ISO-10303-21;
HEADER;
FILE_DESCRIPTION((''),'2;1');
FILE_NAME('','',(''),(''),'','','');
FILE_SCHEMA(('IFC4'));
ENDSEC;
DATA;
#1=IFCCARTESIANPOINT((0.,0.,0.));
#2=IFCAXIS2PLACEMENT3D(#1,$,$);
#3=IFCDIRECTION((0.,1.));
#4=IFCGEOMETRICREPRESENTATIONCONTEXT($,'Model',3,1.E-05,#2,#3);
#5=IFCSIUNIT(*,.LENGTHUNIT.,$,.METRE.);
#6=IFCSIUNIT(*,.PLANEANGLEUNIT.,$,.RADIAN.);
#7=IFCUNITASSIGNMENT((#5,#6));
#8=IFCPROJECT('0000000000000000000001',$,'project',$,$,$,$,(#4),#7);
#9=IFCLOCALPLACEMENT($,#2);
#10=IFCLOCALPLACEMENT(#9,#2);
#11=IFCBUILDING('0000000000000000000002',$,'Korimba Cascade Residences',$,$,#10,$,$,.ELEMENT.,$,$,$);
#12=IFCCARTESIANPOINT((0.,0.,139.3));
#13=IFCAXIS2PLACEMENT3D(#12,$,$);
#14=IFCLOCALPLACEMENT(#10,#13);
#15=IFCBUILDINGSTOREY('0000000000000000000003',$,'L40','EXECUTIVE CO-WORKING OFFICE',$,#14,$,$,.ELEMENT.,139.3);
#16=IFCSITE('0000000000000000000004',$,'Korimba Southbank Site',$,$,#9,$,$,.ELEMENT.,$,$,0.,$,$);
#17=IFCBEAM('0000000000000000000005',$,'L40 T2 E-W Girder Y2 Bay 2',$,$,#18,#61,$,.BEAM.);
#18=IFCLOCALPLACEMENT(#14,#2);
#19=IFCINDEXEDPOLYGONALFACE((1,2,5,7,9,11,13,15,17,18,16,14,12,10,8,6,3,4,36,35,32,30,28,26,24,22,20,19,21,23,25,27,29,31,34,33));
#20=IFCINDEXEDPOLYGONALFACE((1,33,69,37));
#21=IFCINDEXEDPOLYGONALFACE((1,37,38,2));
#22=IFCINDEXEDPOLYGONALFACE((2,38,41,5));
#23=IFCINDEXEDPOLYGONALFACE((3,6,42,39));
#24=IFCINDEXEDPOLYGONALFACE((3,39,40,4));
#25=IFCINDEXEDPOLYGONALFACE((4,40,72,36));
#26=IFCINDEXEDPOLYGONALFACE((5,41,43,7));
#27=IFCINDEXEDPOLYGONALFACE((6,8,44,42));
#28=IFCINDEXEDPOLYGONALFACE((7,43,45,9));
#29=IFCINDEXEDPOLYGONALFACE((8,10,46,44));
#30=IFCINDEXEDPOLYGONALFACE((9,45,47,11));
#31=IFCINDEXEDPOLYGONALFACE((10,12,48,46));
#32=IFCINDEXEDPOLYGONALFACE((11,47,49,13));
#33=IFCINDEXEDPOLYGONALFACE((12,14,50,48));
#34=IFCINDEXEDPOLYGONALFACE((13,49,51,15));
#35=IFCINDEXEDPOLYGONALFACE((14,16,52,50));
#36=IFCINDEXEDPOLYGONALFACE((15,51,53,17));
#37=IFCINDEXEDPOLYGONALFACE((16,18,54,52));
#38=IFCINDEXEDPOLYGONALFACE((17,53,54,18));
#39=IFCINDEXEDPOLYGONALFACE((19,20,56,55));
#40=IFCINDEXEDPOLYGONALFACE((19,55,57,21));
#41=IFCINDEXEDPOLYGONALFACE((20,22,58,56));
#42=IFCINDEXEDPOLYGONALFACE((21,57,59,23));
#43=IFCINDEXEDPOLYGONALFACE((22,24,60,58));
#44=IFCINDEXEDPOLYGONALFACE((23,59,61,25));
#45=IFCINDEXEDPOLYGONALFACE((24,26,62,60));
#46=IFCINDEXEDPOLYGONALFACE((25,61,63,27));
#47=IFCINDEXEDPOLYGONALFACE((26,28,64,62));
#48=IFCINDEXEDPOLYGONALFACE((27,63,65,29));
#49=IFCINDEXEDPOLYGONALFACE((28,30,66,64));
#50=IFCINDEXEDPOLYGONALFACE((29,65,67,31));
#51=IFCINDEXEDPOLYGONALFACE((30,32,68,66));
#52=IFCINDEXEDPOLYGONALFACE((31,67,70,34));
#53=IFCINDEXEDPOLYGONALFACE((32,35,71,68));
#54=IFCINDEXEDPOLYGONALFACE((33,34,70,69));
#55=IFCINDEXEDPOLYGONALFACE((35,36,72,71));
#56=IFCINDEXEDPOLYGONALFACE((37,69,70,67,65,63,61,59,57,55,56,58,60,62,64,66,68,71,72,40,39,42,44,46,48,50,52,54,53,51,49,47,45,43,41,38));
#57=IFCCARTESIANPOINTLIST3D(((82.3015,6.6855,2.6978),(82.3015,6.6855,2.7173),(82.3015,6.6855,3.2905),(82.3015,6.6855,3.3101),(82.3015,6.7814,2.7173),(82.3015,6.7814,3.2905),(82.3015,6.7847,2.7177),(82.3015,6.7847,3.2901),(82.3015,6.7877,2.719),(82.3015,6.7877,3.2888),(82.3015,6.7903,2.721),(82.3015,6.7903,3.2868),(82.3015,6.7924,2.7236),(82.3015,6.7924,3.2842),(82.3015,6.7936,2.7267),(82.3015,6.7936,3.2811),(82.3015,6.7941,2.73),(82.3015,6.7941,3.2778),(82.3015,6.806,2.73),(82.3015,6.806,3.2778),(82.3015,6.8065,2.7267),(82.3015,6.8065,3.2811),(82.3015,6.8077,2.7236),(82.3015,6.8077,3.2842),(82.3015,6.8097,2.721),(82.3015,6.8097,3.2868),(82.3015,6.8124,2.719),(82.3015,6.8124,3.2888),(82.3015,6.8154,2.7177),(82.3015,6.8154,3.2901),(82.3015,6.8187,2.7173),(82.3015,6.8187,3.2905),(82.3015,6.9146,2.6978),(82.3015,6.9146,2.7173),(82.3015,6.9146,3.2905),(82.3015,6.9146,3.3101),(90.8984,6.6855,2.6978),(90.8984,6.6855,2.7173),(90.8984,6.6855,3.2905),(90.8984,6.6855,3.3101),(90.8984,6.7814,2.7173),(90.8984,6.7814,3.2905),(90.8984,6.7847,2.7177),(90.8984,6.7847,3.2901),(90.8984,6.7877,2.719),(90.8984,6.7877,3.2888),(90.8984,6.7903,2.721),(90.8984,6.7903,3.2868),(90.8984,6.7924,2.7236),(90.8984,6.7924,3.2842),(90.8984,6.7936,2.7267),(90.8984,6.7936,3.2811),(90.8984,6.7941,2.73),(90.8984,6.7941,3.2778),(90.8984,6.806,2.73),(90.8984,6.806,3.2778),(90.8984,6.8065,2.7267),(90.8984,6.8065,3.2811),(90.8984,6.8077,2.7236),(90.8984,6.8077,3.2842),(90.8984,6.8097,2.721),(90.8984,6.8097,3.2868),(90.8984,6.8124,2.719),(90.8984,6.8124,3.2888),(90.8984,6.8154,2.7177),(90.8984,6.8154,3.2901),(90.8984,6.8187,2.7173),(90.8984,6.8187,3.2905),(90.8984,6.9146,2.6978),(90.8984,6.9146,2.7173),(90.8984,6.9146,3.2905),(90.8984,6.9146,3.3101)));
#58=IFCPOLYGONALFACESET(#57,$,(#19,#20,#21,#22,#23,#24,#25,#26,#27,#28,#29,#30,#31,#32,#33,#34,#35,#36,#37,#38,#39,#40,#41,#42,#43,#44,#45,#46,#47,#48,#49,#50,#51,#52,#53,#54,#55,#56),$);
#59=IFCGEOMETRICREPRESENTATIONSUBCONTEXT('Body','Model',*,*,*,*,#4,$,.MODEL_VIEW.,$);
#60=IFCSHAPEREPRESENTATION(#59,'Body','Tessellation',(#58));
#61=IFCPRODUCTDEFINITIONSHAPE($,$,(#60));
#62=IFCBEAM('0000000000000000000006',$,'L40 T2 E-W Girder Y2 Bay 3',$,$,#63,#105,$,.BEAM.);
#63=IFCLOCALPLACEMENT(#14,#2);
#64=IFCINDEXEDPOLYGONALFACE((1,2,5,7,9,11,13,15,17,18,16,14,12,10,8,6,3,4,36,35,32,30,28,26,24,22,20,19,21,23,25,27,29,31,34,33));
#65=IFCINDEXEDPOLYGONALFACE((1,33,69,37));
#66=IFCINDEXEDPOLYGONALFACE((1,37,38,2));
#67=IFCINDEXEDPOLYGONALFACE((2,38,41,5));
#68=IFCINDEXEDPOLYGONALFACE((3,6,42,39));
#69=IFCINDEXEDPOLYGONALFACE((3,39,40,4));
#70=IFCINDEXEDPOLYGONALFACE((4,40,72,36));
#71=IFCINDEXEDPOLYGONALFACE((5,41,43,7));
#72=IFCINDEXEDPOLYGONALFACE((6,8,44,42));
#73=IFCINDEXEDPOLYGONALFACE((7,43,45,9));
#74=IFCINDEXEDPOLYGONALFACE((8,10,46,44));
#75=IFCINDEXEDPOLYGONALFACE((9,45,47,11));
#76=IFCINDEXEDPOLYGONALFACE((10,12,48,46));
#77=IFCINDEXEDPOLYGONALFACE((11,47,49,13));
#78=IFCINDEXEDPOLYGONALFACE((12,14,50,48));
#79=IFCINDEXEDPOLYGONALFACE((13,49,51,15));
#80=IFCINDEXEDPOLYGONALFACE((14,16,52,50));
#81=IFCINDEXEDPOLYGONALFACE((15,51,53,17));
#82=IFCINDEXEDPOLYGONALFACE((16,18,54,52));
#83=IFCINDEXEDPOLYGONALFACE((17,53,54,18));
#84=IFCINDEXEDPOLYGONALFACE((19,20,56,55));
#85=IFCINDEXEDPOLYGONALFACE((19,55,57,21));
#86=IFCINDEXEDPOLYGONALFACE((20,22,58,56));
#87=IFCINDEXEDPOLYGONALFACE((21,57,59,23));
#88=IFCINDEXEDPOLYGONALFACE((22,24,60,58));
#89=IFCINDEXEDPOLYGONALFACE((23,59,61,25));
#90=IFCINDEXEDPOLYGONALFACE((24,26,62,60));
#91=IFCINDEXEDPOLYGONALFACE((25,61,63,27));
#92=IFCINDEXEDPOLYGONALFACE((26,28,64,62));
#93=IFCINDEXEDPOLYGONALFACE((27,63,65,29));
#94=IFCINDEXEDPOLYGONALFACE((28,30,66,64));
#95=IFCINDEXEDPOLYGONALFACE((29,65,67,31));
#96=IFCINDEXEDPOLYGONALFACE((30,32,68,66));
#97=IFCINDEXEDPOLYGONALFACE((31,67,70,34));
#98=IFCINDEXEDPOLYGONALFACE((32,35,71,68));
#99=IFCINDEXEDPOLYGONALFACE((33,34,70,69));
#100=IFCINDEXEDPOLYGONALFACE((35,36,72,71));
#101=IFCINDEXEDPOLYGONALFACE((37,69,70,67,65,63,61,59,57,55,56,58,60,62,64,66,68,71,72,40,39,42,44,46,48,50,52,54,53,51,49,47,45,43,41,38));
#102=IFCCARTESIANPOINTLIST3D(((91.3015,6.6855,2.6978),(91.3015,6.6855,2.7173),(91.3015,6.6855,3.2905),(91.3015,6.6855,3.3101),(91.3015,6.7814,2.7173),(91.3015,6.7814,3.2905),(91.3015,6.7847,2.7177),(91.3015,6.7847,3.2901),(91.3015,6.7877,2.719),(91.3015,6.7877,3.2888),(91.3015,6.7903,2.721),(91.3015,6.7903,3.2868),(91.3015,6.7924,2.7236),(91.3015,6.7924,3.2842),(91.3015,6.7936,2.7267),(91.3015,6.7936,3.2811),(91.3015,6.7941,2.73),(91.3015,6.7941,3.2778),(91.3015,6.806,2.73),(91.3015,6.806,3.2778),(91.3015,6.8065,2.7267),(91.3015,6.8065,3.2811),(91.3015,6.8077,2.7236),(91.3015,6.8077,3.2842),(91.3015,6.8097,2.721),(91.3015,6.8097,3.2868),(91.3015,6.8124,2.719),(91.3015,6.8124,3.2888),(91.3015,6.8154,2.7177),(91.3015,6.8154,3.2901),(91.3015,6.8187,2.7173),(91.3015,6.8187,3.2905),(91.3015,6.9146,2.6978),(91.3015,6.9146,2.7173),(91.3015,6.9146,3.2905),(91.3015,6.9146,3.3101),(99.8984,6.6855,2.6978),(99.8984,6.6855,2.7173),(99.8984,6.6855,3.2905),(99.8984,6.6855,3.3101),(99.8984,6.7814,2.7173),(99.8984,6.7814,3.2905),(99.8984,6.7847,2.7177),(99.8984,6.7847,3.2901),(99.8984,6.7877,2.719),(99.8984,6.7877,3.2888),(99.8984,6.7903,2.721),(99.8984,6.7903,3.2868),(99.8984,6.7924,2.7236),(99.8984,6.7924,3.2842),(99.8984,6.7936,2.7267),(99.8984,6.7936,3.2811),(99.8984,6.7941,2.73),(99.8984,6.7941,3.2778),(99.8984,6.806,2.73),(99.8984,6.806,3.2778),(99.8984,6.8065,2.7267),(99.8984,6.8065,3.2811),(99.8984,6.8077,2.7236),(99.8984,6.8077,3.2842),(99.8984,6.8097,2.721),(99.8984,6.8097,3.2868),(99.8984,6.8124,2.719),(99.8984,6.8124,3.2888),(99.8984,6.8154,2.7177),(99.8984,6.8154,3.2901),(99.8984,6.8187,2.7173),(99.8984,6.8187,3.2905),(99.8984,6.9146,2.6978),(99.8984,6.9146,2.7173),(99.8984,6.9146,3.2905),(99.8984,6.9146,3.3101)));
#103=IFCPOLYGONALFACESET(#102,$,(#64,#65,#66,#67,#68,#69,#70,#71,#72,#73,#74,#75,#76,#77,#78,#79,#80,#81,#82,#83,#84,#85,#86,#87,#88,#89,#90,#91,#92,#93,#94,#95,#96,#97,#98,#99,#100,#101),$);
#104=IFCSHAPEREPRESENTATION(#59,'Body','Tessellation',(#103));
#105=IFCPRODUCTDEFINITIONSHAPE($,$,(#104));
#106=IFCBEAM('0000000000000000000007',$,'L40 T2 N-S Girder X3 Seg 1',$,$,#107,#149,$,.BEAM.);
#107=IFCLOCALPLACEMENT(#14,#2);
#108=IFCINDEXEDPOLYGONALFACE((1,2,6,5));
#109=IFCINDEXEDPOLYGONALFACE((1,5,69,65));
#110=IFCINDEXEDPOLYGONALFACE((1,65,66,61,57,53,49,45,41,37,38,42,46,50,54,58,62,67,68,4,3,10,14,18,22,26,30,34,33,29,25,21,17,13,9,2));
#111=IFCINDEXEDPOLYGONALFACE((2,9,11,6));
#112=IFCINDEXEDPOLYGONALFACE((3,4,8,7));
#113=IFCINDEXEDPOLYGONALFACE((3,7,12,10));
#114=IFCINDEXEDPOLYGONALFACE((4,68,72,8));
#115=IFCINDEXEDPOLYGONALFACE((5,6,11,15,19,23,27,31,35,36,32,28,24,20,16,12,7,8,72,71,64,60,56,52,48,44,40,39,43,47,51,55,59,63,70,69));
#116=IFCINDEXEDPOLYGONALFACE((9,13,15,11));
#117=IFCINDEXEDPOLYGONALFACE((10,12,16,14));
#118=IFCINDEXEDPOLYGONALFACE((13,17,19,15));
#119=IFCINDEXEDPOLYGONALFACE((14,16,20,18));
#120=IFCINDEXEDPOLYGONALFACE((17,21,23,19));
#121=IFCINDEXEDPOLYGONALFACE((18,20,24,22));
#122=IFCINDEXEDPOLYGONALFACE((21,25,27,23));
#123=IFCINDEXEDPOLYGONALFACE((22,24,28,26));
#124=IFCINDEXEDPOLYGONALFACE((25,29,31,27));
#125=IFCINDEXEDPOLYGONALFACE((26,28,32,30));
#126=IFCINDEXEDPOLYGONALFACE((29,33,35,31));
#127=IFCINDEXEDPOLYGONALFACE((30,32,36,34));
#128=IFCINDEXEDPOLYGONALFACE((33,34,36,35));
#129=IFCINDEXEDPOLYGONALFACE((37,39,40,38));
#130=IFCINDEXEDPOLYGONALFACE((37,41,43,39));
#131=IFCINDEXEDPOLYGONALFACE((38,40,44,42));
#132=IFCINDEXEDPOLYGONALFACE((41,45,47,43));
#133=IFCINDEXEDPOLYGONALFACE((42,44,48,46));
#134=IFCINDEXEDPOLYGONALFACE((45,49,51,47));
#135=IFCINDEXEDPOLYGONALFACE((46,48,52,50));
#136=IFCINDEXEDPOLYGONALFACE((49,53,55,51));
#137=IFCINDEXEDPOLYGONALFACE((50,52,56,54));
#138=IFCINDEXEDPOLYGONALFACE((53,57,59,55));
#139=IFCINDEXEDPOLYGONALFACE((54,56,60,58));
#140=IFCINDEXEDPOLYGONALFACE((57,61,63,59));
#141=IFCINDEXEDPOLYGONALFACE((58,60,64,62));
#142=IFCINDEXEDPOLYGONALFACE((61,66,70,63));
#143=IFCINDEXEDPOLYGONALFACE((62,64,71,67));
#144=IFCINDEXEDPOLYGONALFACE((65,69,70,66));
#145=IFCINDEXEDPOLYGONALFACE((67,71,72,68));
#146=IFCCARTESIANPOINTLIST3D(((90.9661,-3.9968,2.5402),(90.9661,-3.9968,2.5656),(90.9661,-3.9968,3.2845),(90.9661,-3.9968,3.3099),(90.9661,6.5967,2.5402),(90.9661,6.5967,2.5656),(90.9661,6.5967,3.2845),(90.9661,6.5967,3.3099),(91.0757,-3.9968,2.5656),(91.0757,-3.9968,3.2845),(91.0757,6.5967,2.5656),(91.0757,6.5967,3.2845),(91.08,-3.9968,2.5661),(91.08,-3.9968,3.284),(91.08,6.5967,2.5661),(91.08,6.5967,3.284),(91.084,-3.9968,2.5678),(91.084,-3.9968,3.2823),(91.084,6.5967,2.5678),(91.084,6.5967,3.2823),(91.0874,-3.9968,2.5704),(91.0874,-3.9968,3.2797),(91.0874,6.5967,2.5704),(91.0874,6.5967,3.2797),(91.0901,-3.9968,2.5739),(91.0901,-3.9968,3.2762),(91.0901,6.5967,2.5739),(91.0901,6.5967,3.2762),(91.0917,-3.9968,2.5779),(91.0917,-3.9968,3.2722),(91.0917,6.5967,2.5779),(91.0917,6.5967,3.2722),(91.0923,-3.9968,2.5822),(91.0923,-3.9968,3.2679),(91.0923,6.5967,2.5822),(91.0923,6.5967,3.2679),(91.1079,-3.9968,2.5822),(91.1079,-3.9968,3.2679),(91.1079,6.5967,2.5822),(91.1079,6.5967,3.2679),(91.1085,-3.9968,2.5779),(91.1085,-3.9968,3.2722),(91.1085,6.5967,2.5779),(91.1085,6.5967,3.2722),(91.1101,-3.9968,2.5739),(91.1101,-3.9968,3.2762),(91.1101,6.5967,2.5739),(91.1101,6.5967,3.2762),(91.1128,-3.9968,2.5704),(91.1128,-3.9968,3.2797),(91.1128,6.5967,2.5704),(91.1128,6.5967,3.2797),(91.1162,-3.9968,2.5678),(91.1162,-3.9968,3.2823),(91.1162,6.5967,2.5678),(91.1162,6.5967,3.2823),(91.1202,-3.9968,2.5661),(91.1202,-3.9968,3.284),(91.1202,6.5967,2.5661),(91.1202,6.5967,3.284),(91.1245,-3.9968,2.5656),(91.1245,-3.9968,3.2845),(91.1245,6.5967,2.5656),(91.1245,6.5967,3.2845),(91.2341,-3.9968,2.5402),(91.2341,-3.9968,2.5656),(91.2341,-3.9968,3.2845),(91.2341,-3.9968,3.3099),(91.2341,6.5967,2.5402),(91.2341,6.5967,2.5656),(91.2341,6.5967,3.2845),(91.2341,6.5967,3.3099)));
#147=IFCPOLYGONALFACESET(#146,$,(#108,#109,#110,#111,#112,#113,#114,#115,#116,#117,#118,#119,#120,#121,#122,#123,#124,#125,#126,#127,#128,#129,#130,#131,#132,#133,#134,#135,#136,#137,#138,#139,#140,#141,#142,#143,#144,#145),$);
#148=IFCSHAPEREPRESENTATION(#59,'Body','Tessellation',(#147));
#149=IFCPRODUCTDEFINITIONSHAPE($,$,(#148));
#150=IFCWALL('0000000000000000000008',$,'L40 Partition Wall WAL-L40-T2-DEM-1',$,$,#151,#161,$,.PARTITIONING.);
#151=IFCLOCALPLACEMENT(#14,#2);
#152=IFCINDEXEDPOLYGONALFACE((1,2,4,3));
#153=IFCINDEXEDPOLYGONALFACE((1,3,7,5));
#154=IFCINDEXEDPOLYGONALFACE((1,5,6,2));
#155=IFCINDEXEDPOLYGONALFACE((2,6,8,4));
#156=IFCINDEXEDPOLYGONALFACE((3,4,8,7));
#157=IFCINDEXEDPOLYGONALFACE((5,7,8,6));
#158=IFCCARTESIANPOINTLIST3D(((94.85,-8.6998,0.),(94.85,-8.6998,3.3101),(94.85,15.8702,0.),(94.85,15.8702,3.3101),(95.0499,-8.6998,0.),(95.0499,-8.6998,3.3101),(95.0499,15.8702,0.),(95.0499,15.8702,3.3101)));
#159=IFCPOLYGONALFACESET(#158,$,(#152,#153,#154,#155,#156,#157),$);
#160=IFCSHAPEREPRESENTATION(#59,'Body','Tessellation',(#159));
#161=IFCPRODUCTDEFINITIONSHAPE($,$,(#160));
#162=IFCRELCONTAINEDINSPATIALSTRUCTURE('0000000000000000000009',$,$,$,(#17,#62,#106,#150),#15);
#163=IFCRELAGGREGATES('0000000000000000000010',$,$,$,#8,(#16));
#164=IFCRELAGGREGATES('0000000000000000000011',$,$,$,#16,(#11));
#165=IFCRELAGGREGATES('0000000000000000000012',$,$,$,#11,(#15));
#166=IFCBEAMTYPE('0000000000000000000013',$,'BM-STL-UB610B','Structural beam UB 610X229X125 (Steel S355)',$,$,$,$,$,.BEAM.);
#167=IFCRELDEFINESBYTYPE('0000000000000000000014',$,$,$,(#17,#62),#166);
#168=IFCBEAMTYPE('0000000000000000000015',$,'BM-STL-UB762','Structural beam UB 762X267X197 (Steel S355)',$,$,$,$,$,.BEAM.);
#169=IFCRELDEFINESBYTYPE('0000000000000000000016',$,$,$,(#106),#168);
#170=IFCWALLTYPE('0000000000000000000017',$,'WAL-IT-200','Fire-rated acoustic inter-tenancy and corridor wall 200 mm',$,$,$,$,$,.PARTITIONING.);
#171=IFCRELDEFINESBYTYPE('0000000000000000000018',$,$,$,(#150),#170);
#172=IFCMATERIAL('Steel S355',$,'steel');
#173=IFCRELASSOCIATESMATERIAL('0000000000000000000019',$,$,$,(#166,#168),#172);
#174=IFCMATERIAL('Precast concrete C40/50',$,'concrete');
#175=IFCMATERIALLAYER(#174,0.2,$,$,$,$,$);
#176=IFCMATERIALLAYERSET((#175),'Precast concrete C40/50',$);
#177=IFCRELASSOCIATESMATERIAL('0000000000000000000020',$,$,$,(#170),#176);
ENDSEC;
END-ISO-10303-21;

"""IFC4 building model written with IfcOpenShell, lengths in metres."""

from ifc_helpers import new_model, si_unit, direction, frame, frame_2d, origin, origin_2d, place, context, subcontext, project, spatial, rectangle, i_section, extrude, material, layer, layer_set, material_profile, profile_set, type_object, element, save


model = new_model("IFC4")

# Units and contexts
model_context = context("Model", 3, precision=1e-05, world=origin(), true_north=direction((0.0, 1.0)))
body_context = subcontext(model_context, "Body", "Model", "MODEL_VIEW")
ifc_project = project(units=[si_unit("LENGTHUNIT", "METRE"), si_unit("PLANEANGLEUNIT", "RADIAN")], contexts=[model_context])

# Site, building, storey
site_placement = place(None, origin())
site = spatial("IfcSite", under=ifc_project, at=site_placement, Name="Korimba Southbank Site", CompositionType="ELEMENT", RefElevation=0.0)
building_placement = place(site_placement, origin())
building = spatial("IfcBuilding", under=site, at=building_placement, Name="Korimba Cascade Residences", CompositionType="ELEMENT")
storey_placement = place(building_placement, frame((0.0, 0.0, 139.3)))
storey = spatial("IfcBuildingStorey", under=building, at=storey_placement, Name="L40", Description="EXECUTIVE CO-WORKING OFFICE", CompositionType="ELEMENT", Elevation=139.3)

# Beams
ifc_material_1 = material(Name="Steel S355", Category="steel")
ifc_material_profile_1 = material_profile(ifc_material_1, i_section(OverallWidth=0.229, OverallDepth=0.6123, WebThickness=0.012, FlangeThickness=0.0195, FilletRadius=0.0127, at=origin_2d()), Name="Steel S355")
ifc_profile_set_1 = profile_set([ifc_material_profile_1], Name="Steel S355")
beam_type_1 = type_object("IfcBeamType", Name="BM-STL-UB610B", Description="Structural beam UB 610X229X125 (Steel S355)", PredefinedType="BEAM", material=ifc_profile_set_1)
for number, where, z_axis, x_axis, name in (
    (1, (82.3015, 6.8, 3.0039), (1.0, 0.0, 0.0), (0.0, 1.0, 0.0), "L40 T2 E-W Girder Y2 Bay 2"),
    (2, (91.3015, 6.8, 3.0039), (1.0, 0.0, 0.0), (0.0, 1.0, 0.0), "L40 T2 E-W Girder Y2 Bay 3"),
):
    element("IfcBeam", number, at=place(storey_placement, frame(where, z_axis=z_axis, x_axis=x_axis)), inside=storey, type_object=beam_type_1, Name=name, PredefinedType="BEAM", context=body_context, shape_type="SweptSolid", body=[
        extrude(i_section(OverallWidth=0.229, OverallDepth=0.6123, WebThickness=0.012, FlangeThickness=0.0195, FilletRadius=0.0127, at=origin_2d()), origin(), (0.0, 0.0, 1.0), 8.5969),
    ])
ifc_material_profile_2 = material_profile(ifc_material_1, i_section(OverallWidth=0.2681, OverallDepth=0.7698, WebThickness=0.0156, FlangeThickness=0.0254, FilletRadius=0.0166, at=origin_2d()), Name="Steel S355")
ifc_profile_set_2 = profile_set([ifc_material_profile_2], Name="Steel S355")
beam_type_2 = type_object("IfcBeamType", Name="BM-STL-UB762", Description="Structural beam UB 762X267X197 (Steel S355)", PredefinedType="BEAM", material=ifc_profile_set_2)
beam_placement = place(storey_placement, frame((91.1001, -3.9968, 2.925), z_axis=(0.0, 1.0, 0.0), x_axis=(-1.0, 0.0, 0.0)))
element("IfcBeam", 3, at=beam_placement, inside=storey, type_object=beam_type_2, Name="L40 T2 N-S Girder X3 Seg 1", PredefinedType="BEAM", context=body_context, shape_type="SweptSolid", body=[
    extrude(i_section(OverallWidth=0.2681, OverallDepth=0.7698, WebThickness=0.0156, FlangeThickness=0.0254, FilletRadius=0.0166, at=origin_2d()), origin(), (0.0, 0.0, 1.0), 10.5935),
])

# Wall
ifc_material_2 = material(Name="Precast concrete C40/50", Category="concrete")
ifc_layer_1 = layer(ifc_material_2, 0.2)
ifc_layer_set_1 = layer_set([ifc_layer_1], Name="Precast concrete C40/50")
wall_type_1 = type_object("IfcWallType", Name="WAL-IT-200", Description="Fire-rated acoustic inter-tenancy and corridor wall 200 mm", PredefinedType="PARTITIONING", material=ifc_layer_set_1)
wall_1_placement = place(storey_placement, frame((94.95, -8.7, 0.0), z_axis=(0.0, 0.0, 1.0), x_axis=(0.0, 1.0, 0.0)))
element("IfcWall", 4, at=wall_1_placement, inside=storey, type_object=wall_type_1, Name="L40 Partition Wall WAL-L40-T2-DEM-1", PredefinedType="PARTITIONING", context=body_context, shape_type="SweptSolid", body=[
    extrude(rectangle(XDim=24.5701, YDim=0.2, at=frame_2d((12.2852, 0.0))), origin(), (0.0, 0.0, 1.0), 3.3101),
])

save(model, "model.ifc")
